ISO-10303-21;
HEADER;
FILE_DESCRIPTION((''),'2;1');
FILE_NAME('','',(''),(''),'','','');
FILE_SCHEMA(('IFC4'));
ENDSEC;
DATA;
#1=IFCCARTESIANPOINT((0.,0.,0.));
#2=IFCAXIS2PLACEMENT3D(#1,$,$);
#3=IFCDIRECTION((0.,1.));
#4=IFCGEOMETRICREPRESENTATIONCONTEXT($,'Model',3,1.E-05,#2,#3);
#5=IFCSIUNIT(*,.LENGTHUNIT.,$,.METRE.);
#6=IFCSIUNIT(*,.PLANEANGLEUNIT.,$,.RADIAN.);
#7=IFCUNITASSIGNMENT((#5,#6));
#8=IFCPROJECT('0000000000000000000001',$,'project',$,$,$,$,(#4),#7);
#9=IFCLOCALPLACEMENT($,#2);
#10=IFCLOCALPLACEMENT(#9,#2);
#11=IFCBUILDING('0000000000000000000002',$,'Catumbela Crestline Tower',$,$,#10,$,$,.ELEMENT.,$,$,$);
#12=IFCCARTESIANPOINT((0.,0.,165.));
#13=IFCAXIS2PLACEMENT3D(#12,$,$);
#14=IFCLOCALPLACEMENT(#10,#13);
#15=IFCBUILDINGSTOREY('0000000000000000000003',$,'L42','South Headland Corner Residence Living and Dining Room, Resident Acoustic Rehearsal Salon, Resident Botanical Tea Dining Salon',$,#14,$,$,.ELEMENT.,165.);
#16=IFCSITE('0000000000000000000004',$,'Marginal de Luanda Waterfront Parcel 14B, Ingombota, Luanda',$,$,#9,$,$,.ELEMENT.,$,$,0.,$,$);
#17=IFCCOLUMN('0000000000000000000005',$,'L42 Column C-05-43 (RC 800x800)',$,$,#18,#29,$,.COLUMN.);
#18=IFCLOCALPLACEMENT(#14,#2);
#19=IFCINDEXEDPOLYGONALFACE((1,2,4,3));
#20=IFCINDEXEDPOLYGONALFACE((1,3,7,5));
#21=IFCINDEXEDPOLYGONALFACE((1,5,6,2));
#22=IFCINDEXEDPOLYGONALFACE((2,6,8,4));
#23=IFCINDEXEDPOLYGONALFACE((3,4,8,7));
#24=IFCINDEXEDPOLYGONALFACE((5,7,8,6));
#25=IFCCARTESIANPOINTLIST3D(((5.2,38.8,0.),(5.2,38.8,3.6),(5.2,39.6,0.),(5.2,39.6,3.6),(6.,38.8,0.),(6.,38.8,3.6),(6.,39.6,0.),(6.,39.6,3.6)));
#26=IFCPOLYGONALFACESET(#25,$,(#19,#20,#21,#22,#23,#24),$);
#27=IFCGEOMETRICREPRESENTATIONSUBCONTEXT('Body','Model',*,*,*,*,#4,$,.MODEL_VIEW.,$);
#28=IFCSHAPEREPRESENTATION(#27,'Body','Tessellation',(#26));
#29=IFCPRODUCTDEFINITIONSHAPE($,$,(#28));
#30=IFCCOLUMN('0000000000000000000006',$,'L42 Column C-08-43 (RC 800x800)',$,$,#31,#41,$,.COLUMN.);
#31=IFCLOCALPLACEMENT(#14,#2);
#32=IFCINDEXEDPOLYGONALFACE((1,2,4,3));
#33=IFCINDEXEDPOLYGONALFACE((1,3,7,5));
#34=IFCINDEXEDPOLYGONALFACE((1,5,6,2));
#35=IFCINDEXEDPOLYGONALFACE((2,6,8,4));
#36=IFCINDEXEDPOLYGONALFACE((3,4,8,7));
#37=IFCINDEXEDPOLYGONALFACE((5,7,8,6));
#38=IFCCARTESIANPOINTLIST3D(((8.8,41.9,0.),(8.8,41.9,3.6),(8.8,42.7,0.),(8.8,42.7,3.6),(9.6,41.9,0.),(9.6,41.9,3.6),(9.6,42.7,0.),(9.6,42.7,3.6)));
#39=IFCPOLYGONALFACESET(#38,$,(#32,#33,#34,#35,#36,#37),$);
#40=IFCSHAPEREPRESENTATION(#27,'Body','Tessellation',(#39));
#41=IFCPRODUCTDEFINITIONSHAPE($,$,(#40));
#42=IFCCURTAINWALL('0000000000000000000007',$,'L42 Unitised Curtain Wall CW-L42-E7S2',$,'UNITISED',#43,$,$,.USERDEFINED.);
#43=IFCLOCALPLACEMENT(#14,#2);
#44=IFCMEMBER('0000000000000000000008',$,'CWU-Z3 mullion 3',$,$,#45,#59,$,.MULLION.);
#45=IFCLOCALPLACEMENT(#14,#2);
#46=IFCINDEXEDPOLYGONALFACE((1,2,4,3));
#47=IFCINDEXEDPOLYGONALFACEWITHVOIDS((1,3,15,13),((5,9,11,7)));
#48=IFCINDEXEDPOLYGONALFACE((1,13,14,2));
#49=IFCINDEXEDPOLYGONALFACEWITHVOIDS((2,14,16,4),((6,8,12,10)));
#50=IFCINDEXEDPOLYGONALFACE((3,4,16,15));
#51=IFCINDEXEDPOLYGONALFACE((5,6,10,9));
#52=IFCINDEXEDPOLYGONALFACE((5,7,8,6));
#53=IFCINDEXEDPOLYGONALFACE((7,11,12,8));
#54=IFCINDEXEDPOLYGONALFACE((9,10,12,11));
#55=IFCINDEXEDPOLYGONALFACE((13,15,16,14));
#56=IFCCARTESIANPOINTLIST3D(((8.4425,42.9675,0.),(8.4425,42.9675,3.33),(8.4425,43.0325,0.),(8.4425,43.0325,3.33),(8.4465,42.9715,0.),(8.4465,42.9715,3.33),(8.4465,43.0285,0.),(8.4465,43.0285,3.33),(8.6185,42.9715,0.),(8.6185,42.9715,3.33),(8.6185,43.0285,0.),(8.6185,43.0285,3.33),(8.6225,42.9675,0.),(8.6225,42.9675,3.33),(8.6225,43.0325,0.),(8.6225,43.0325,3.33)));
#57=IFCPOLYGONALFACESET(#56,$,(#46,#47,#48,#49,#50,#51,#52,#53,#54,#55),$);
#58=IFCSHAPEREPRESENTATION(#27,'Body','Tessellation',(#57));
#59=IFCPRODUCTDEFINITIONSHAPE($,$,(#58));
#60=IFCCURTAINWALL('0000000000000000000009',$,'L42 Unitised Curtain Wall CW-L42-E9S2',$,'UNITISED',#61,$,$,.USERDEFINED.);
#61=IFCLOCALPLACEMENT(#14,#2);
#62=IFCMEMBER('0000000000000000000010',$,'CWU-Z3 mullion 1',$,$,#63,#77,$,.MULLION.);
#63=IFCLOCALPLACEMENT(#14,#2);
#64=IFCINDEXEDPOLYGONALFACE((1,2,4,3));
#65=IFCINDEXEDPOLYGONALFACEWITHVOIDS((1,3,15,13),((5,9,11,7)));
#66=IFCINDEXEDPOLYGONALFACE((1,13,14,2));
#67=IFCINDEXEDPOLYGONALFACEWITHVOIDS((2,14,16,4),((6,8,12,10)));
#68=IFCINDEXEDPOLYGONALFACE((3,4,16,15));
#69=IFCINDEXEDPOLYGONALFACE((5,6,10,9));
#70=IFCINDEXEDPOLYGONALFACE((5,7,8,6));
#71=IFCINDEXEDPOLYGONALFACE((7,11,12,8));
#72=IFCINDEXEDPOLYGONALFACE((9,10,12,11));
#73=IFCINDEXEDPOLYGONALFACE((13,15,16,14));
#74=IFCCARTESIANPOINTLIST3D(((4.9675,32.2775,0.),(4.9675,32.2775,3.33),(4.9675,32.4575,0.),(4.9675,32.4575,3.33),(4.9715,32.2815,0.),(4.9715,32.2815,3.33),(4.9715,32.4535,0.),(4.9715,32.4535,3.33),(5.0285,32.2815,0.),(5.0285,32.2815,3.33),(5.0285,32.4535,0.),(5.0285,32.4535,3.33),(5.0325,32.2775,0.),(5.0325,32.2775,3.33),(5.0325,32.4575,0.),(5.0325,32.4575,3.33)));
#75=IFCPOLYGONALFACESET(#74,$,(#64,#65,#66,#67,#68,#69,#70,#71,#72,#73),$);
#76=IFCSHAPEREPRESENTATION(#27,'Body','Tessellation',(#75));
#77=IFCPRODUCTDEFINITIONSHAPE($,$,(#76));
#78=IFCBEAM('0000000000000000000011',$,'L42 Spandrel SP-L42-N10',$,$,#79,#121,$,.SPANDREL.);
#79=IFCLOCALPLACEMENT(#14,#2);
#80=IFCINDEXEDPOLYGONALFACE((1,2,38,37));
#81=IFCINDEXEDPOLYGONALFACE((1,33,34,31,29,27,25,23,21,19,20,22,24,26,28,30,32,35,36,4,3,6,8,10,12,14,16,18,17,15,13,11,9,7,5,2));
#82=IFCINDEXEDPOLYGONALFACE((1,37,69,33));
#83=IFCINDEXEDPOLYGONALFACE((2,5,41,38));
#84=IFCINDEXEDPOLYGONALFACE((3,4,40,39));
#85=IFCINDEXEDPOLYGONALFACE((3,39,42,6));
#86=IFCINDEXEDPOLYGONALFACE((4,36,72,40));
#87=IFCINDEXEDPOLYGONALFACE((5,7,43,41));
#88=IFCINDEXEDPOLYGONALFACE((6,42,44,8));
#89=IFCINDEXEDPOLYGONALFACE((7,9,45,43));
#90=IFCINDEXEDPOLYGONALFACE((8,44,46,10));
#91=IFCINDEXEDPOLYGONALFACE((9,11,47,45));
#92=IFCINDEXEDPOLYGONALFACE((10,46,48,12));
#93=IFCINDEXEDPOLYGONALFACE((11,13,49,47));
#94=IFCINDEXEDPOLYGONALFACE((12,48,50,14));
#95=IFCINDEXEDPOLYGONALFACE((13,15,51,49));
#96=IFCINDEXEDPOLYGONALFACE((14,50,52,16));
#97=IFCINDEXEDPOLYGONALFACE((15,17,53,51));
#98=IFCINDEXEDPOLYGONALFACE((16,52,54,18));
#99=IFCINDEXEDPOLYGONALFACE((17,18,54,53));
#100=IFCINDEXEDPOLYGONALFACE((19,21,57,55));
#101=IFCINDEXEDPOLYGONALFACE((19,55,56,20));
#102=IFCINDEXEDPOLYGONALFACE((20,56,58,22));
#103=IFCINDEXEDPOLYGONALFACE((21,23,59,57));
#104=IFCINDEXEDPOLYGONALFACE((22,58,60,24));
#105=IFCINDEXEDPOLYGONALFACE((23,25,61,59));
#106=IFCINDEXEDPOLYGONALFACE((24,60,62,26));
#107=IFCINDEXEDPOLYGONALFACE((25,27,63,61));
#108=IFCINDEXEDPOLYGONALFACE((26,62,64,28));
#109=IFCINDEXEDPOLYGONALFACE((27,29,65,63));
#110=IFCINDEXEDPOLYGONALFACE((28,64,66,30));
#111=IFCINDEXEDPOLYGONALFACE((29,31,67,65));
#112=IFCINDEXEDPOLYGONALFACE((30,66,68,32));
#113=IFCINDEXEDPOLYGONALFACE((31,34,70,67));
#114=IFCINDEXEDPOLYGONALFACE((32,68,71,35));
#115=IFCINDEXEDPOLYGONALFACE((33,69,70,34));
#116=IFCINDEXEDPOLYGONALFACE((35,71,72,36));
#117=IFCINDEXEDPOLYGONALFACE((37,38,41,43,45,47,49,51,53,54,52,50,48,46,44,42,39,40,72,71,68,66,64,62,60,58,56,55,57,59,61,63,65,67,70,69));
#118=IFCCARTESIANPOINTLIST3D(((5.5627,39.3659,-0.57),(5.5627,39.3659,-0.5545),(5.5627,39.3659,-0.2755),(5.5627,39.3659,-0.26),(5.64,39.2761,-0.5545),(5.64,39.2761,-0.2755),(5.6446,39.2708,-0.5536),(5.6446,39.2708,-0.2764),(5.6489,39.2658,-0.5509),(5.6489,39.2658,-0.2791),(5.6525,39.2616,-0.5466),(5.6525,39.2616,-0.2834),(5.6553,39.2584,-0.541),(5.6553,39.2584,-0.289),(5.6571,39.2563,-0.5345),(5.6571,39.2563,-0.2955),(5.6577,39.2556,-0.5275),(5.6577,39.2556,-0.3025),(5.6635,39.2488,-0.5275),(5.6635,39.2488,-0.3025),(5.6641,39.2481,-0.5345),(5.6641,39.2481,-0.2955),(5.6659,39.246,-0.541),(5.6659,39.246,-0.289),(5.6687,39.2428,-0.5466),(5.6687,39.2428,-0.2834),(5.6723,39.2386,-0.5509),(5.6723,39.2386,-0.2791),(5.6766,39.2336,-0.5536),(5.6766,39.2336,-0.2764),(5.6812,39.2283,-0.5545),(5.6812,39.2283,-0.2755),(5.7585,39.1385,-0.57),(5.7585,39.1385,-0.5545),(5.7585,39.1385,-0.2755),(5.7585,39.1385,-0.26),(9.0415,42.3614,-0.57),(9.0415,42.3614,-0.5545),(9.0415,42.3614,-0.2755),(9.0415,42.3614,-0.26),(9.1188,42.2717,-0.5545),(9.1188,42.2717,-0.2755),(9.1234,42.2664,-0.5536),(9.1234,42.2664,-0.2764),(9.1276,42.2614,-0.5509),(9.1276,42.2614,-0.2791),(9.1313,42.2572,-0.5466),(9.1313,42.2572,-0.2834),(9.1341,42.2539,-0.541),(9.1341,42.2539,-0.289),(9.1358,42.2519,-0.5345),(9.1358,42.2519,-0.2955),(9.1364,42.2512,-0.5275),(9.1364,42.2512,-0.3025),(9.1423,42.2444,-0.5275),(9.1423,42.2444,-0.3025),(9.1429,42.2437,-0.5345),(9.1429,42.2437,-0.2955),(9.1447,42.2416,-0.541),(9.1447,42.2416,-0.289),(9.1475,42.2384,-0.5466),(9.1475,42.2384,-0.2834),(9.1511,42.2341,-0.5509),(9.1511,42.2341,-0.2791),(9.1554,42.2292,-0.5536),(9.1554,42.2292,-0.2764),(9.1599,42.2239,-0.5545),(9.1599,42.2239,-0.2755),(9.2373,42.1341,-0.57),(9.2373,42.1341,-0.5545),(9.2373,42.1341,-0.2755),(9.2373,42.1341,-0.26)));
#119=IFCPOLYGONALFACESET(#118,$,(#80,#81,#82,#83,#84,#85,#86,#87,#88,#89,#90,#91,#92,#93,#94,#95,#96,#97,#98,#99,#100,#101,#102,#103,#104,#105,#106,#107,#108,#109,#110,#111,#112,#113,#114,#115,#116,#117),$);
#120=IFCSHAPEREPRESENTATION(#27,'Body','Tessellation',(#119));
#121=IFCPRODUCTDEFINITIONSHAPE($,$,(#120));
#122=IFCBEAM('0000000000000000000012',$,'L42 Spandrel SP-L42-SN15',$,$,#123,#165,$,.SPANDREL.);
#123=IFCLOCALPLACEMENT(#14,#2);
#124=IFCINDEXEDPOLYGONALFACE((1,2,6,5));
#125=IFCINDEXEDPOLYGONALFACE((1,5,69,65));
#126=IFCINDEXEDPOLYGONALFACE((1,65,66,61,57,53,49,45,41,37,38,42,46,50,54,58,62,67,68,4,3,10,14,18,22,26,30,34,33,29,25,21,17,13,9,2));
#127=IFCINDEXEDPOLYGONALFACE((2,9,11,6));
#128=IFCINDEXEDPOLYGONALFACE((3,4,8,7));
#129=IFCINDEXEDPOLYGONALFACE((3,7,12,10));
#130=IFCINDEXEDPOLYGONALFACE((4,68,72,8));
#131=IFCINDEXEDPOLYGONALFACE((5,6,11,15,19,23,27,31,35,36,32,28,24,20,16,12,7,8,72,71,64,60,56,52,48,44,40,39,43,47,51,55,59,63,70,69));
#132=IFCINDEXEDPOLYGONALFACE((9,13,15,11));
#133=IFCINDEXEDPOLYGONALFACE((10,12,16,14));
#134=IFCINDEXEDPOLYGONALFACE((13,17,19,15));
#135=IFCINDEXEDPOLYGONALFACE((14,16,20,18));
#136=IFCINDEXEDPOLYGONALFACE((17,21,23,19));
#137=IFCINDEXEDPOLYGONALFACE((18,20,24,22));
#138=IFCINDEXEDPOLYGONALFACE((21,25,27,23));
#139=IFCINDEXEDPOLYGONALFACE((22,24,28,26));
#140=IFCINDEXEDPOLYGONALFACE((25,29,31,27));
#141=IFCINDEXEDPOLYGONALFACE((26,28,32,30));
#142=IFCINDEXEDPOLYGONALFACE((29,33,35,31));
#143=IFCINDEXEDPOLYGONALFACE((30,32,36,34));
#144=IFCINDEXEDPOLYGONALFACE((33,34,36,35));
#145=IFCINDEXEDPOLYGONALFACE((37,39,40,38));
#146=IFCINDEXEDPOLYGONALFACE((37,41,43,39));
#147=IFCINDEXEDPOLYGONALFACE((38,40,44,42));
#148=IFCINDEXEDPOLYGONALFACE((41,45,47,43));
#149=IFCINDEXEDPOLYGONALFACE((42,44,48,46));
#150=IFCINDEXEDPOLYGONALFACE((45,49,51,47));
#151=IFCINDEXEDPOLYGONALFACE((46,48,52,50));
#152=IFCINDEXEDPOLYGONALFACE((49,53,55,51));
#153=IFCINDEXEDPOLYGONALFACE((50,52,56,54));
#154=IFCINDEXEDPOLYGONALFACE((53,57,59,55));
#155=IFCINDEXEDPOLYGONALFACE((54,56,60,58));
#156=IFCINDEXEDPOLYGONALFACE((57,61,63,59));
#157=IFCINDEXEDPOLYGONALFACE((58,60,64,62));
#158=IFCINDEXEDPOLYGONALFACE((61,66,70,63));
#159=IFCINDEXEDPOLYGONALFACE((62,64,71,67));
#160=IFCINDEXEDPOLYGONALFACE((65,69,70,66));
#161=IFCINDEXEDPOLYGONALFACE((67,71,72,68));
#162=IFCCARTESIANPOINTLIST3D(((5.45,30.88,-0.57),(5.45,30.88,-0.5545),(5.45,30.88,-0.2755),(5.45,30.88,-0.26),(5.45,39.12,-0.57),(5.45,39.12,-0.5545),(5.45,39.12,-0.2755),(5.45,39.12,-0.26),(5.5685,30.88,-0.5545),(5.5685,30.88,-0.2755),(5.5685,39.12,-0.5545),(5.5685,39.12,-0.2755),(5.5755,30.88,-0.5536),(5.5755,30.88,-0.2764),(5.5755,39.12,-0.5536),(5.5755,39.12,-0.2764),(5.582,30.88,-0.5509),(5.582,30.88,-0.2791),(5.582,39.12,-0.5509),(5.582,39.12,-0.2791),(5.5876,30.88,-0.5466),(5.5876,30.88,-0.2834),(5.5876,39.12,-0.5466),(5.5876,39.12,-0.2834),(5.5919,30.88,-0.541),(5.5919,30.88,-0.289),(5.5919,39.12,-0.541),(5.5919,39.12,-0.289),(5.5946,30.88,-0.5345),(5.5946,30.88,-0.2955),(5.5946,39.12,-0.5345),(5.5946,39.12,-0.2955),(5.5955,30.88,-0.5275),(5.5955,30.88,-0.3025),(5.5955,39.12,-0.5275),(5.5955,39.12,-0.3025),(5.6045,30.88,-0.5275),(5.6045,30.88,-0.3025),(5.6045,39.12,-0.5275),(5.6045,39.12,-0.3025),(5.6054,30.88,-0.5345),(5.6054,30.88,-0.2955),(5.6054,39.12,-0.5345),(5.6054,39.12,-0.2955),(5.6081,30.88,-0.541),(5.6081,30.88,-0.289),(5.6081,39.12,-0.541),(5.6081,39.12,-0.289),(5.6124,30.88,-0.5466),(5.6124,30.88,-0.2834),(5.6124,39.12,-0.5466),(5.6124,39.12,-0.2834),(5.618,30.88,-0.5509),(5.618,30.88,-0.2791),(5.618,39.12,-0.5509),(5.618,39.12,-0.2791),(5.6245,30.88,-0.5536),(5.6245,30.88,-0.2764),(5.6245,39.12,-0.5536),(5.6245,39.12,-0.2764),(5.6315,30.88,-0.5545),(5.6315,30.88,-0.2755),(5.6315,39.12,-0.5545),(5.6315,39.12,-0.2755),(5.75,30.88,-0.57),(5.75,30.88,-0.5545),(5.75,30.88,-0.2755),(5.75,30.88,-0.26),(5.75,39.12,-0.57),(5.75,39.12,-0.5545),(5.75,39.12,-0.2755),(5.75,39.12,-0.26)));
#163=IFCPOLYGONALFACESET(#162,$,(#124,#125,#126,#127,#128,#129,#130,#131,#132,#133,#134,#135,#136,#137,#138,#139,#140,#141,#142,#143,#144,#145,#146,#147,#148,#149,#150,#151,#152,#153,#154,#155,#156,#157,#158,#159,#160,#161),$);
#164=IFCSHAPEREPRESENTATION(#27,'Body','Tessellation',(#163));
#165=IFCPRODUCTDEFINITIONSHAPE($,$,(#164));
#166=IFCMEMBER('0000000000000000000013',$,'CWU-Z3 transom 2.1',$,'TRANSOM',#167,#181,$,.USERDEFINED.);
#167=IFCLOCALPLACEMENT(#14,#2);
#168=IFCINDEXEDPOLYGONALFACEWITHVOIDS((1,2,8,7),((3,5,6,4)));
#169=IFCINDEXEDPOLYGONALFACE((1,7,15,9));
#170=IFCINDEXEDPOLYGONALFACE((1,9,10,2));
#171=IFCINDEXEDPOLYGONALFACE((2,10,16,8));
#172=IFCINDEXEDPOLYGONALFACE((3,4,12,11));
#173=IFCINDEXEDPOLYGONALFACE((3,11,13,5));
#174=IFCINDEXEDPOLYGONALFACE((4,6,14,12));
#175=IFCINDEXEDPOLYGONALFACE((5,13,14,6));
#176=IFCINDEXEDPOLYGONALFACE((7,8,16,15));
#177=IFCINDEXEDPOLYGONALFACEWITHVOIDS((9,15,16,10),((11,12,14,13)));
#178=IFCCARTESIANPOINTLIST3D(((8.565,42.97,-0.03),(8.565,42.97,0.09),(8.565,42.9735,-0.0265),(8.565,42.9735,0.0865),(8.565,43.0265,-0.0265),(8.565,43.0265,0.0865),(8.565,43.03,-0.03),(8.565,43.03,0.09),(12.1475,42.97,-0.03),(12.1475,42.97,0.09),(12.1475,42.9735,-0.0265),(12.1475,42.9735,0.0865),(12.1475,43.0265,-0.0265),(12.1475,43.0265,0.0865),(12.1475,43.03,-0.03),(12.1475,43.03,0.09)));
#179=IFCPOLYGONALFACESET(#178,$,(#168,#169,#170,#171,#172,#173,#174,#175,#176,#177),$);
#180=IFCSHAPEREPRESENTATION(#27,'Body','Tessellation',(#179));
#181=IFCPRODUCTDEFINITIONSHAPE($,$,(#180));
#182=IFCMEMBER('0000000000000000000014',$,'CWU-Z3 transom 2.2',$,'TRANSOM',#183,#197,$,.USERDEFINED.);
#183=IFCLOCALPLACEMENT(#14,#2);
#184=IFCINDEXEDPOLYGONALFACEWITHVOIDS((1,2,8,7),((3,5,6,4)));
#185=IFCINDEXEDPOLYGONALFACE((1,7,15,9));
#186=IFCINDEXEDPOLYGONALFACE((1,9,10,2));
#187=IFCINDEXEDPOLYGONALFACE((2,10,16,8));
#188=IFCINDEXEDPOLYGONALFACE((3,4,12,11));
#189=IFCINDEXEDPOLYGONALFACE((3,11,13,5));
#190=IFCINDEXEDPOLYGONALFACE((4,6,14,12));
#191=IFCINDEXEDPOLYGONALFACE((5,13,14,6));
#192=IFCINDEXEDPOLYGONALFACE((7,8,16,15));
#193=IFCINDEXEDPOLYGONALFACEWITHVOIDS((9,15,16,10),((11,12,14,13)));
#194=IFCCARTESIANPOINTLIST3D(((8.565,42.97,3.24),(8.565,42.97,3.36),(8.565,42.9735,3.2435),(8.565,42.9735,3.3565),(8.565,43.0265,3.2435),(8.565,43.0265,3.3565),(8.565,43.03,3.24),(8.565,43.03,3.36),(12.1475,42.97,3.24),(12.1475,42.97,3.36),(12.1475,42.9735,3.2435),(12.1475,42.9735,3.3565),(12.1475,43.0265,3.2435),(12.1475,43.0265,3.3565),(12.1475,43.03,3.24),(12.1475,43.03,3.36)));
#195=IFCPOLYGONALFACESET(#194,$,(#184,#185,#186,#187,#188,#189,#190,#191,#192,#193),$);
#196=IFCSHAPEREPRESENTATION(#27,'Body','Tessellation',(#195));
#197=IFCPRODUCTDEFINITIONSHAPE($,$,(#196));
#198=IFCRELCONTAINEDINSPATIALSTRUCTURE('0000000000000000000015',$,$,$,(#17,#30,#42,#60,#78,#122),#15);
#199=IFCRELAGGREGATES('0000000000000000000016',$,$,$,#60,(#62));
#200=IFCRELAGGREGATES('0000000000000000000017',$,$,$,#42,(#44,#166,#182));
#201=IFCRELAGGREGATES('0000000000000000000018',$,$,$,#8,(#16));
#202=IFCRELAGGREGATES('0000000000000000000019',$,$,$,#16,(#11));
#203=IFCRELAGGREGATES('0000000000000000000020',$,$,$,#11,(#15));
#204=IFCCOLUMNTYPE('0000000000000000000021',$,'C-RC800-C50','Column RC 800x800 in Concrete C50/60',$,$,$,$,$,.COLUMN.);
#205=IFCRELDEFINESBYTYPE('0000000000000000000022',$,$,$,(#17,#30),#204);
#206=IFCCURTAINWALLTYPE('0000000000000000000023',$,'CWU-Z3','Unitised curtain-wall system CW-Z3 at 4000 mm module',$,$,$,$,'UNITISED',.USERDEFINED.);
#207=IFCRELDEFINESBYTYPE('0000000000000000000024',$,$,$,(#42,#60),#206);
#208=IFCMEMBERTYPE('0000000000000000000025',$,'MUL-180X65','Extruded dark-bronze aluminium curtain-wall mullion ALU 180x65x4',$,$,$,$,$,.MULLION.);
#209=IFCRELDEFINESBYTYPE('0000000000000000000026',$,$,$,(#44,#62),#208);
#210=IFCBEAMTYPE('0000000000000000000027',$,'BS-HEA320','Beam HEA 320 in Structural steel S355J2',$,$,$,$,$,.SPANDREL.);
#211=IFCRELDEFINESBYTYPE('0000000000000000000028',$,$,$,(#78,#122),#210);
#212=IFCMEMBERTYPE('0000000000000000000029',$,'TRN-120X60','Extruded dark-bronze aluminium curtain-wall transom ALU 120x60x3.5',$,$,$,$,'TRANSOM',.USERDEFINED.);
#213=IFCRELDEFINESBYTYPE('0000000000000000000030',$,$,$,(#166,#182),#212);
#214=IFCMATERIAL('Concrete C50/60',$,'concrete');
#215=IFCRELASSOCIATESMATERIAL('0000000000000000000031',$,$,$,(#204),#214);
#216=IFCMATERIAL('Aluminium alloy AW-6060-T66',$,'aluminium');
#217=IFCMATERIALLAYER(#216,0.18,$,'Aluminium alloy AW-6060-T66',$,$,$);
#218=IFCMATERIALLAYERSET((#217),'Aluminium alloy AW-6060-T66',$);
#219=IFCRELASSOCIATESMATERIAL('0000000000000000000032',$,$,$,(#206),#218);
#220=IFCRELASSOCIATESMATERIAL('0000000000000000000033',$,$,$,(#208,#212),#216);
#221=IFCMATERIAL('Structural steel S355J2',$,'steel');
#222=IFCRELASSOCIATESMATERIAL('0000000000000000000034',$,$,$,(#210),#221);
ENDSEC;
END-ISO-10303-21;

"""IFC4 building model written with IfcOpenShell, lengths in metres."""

from ifc_helpers import new_model, si_unit, direction, frame, origin, origin_2d, place, context, subcontext, project, spatial, rectangle, hollow_rectangle, i_section, extrude, material, layer, layer_set, material_profile, profile_set, type_object, element, aggregate, save


model = new_model("IFC4")

# Units and contexts
model_context = context("Model", 3, precision=1e-05, world=origin(), true_north=direction((0.0, 1.0)))
body_context = subcontext(model_context, "Body", "Model", "MODEL_VIEW")
ifc_project = project(units=[si_unit("LENGTHUNIT", "METRE"), si_unit("PLANEANGLEUNIT", "RADIAN")], contexts=[model_context])

# Site, building, storey
site_placement = place(None, origin())
site = spatial("IfcSite", under=ifc_project, at=site_placement, Name="Marginal de Luanda Waterfront Parcel 14B, Ingombota, Luanda", CompositionType="ELEMENT", RefElevation=0.0)
building_placement = place(site_placement, origin())
building = spatial("IfcBuilding", under=site, at=building_placement, Name="Catumbela Crestline Tower", CompositionType="ELEMENT")
storey_placement = place(building_placement, frame((0.0, 0.0, 165.0)))
storey = spatial("IfcBuildingStorey", under=building, at=storey_placement, Name="L42", Description="South Headland Corner Residence Living and Dining Room, Resident Acoustic Rehearsal Salon, Resident Botanical Tea Dining Salon", CompositionType="ELEMENT", Elevation=165.0)

# Columns
ifc_material_1 = material(Name="Concrete C50/60", Category="concrete")
ifc_material_profile_1 = material_profile(ifc_material_1, rectangle(XDim=0.8, YDim=0.8, at=origin_2d()), Name="RC 800x800")
ifc_profile_set_1 = profile_set([ifc_material_profile_1], Name="Concrete C50/60")
column_type = type_object("IfcColumnType", Name="C-RC800-C50", Description="Column RC 800x800 in Concrete C50/60", PredefinedType="COLUMN", material=ifc_profile_set_1)
for number, where, z_axis, x_axis, name in (
    (1, (5.6, 39.2, 0.0), (0.0, 0.0, 1.0), (1.0, 0.0, 0.0), "L42 Column C-05-43 (RC 800x800)"),
    (2, (9.2, 42.3, 0.0), (0.0, 0.0, 1.0), (1.0, 0.0, 0.0), "L42 Column C-08-43 (RC 800x800)"),
):
    element("IfcColumn", number, at=place(storey_placement, frame(where, z_axis=z_axis, x_axis=x_axis)), inside=storey, type_object=column_type, Name=name, PredefinedType="COLUMN", context=body_context, shape_type="SweptSolid", body=[
        extrude(rectangle(XDim=0.8, YDim=0.8, at=origin_2d()), origin(), (0.0, 0.0, 1.0), 3.6),
    ])

# Curtain walls, members
ifc_material_2 = material(Name="Aluminium alloy AW-6060-T66", Category="aluminium")
ifc_layer_1 = layer(ifc_material_2, 0.18, Name="Aluminium alloy AW-6060-T66")
ifc_layer_set_1 = layer_set([ifc_layer_1], Name="Aluminium alloy AW-6060-T66")
curtain_wall_type = type_object("IfcCurtainWallType", Name="CWU-Z3", Description="Unitised curtain-wall system CW-Z3 at 4000 mm module", ElementType="UNITISED", PredefinedType="USERDEFINED", material=ifc_layer_set_1)
curtain_wall_1_placement = place(storey_placement, origin())
curtain_wall_1 = element("IfcCurtainWall", 3, at=curtain_wall_1_placement, inside=storey, type_object=curtain_wall_type, Name="L42 Unitised Curtain Wall CW-L42-E7S2", ObjectType="UNITISED", PredefinedType="USERDEFINED")
ifc_material_profile_2 = material_profile(ifc_material_2, hollow_rectangle(XDim=0.065, YDim=0.18, WallThickness=0.004, at=origin_2d()), Name="ALU 180x65x4")
ifc_profile_set_2 = profile_set([ifc_material_profile_2], Name="Aluminium alloy AW-6060-T66")
member_type_1 = type_object("IfcMemberType", Name="MUL-180X65", Description="Extruded dark-bronze aluminium curtain-wall mullion ALU 180x65x4", PredefinedType="MULLION", material=ifc_profile_set_2)
member_1_placement = place(storey_placement, frame((8.5325, 43.0, 0.0), z_axis=(0.0, 0.0, 1.0), x_axis=(0.0, -1.0, 0.0)))
member_1 = element("IfcMember", 4, at=member_1_placement, type_object=member_type_1, Name="CWU-Z3 mullion 3", PredefinedType="MULLION", context=body_context, shape_type="SweptSolid", body=[
    extrude(hollow_rectangle(XDim=0.065, YDim=0.18, WallThickness=0.004, at=origin_2d()), origin(), (0.0, 0.0, 1.0), 3.33),
])
curtain_wall_2_placement = place(storey_placement, origin())
curtain_wall_2 = element("IfcCurtainWall", 5, at=curtain_wall_2_placement, inside=storey, type_object=curtain_wall_type, Name="L42 Unitised Curtain Wall CW-L42-E9S2", ObjectType="UNITISED", PredefinedType="USERDEFINED")
member_2_placement = place(storey_placement, frame((5.0, 32.3675, 0.0), z_axis=(0.0, 0.0, 1.0), x_axis=(1.0, 0.0, 0.0)))
member_2 = element("IfcMember", 6, at=member_2_placement, type_object=member_type_1, Name="CWU-Z3 mullion 1", PredefinedType="MULLION", context=body_context, shape_type="SweptSolid", body=[
    extrude(hollow_rectangle(XDim=0.065, YDim=0.18, WallThickness=0.004, at=origin_2d()), origin(), (0.0, 0.0, 1.0), 3.33),
])

# Beams
ifc_material_3 = material(Name="Structural steel S355J2", Category="steel")
ifc_material_profile_3 = material_profile(ifc_material_3, i_section(OverallWidth=0.3, OverallDepth=0.31, WebThickness=0.009, FlangeThickness=0.0155, FilletRadius=0.027, at=origin_2d()), Name="HEA 320")
ifc_profile_set_3 = profile_set([ifc_material_profile_3], Name="Structural steel S355J2")
beam_type = type_object("IfcBeamType", Name="BS-HEA320", Description="Beam HEA 320 in Structural steel S355J2", PredefinedType="SPANDREL", material=ifc_profile_set_3)
beam_1_placement = place(storey_placement, frame((5.6606, 39.2522, -0.415), z_axis=(0.757772, 0.652519, 0.0), x_axis=(-0.652519, 0.757772, 0.0)))
element("IfcBeam", 7, at=beam_1_placement, inside=storey, type_object=beam_type, Name="L42 Spandrel SP-L42-N10", PredefinedType="SPANDREL", context=body_context, shape_type="SweptSolid", body=[
    extrude(i_section(OverallWidth=0.3, OverallDepth=0.31, WebThickness=0.009, FlangeThickness=0.0155, FilletRadius=0.027, at=origin_2d()), origin(), (0.0, 0.0, 1.0), 4.5908),
])
beam_2_placement = place(storey_placement, frame((5.6, 30.88, -0.415), z_axis=(0.0, 1.0, 0.0), x_axis=(-1.0, 0.0, 0.0)))
element("IfcBeam", 8, at=beam_2_placement, inside=storey, type_object=beam_type, Name="L42 Spandrel SP-L42-SN15", PredefinedType="SPANDREL", context=body_context, shape_type="SweptSolid", body=[
    extrude(i_section(OverallWidth=0.3, OverallDepth=0.31, WebThickness=0.009, FlangeThickness=0.0155, FilletRadius=0.027, at=origin_2d()), origin(), (0.0, 0.0, 1.0), 8.24),
])

# Members
ifc_material_profile_4 = material_profile(ifc_material_2, hollow_rectangle(XDim=0.06, YDim=0.12, WallThickness=0.0035, at=origin_2d()), Name="ALU 120x60x3.5")
ifc_profile_set_4 = profile_set([ifc_material_profile_4], Name="Aluminium alloy AW-6060-T66")
member_type_2 = type_object("IfcMemberType", Name="TRN-120X60", Description="Extruded dark-bronze aluminium curtain-wall transom ALU 120x60x3.5", ElementType="TRANSOM", PredefinedType="USERDEFINED", material=ifc_profile_set_4)
member_3_placement = place(storey_placement, frame((12.1475, 43.0, 0.03), z_axis=(-1.0, 0.0, 0.0), x_axis=(0.0, -1.0, 0.0)))
member_3 = element("IfcMember", 9, at=member_3_placement, type_object=member_type_2, Name="CWU-Z3 transom 2.1", ObjectType="TRANSOM", PredefinedType="USERDEFINED", context=body_context, shape_type="SweptSolid", body=[
    extrude(hollow_rectangle(XDim=0.06, YDim=0.12, WallThickness=0.0035, at=origin_2d()), origin(), (0.0, 0.0, 1.0), 3.5825),
])
member_4_placement = place(storey_placement, frame((12.1475, 43.0, 3.3), z_axis=(-1.0, 0.0, 0.0), x_axis=(0.0, -1.0, 0.0)))
member_4 = element("IfcMember", 10, at=member_4_placement, type_object=member_type_2, Name="CWU-Z3 transom 2.2", ObjectType="TRANSOM", PredefinedType="USERDEFINED", context=body_context, shape_type="SweptSolid", body=[
    extrude(hollow_rectangle(XDim=0.06, YDim=0.12, WallThickness=0.0035, at=origin_2d()), origin(), (0.0, 0.0, 1.0), 3.5825),
])
aggregate(curtain_wall_2, [member_2])

aggregate(curtain_wall_1, [member_1, member_3, member_4])

save(model, "model.ifc")
